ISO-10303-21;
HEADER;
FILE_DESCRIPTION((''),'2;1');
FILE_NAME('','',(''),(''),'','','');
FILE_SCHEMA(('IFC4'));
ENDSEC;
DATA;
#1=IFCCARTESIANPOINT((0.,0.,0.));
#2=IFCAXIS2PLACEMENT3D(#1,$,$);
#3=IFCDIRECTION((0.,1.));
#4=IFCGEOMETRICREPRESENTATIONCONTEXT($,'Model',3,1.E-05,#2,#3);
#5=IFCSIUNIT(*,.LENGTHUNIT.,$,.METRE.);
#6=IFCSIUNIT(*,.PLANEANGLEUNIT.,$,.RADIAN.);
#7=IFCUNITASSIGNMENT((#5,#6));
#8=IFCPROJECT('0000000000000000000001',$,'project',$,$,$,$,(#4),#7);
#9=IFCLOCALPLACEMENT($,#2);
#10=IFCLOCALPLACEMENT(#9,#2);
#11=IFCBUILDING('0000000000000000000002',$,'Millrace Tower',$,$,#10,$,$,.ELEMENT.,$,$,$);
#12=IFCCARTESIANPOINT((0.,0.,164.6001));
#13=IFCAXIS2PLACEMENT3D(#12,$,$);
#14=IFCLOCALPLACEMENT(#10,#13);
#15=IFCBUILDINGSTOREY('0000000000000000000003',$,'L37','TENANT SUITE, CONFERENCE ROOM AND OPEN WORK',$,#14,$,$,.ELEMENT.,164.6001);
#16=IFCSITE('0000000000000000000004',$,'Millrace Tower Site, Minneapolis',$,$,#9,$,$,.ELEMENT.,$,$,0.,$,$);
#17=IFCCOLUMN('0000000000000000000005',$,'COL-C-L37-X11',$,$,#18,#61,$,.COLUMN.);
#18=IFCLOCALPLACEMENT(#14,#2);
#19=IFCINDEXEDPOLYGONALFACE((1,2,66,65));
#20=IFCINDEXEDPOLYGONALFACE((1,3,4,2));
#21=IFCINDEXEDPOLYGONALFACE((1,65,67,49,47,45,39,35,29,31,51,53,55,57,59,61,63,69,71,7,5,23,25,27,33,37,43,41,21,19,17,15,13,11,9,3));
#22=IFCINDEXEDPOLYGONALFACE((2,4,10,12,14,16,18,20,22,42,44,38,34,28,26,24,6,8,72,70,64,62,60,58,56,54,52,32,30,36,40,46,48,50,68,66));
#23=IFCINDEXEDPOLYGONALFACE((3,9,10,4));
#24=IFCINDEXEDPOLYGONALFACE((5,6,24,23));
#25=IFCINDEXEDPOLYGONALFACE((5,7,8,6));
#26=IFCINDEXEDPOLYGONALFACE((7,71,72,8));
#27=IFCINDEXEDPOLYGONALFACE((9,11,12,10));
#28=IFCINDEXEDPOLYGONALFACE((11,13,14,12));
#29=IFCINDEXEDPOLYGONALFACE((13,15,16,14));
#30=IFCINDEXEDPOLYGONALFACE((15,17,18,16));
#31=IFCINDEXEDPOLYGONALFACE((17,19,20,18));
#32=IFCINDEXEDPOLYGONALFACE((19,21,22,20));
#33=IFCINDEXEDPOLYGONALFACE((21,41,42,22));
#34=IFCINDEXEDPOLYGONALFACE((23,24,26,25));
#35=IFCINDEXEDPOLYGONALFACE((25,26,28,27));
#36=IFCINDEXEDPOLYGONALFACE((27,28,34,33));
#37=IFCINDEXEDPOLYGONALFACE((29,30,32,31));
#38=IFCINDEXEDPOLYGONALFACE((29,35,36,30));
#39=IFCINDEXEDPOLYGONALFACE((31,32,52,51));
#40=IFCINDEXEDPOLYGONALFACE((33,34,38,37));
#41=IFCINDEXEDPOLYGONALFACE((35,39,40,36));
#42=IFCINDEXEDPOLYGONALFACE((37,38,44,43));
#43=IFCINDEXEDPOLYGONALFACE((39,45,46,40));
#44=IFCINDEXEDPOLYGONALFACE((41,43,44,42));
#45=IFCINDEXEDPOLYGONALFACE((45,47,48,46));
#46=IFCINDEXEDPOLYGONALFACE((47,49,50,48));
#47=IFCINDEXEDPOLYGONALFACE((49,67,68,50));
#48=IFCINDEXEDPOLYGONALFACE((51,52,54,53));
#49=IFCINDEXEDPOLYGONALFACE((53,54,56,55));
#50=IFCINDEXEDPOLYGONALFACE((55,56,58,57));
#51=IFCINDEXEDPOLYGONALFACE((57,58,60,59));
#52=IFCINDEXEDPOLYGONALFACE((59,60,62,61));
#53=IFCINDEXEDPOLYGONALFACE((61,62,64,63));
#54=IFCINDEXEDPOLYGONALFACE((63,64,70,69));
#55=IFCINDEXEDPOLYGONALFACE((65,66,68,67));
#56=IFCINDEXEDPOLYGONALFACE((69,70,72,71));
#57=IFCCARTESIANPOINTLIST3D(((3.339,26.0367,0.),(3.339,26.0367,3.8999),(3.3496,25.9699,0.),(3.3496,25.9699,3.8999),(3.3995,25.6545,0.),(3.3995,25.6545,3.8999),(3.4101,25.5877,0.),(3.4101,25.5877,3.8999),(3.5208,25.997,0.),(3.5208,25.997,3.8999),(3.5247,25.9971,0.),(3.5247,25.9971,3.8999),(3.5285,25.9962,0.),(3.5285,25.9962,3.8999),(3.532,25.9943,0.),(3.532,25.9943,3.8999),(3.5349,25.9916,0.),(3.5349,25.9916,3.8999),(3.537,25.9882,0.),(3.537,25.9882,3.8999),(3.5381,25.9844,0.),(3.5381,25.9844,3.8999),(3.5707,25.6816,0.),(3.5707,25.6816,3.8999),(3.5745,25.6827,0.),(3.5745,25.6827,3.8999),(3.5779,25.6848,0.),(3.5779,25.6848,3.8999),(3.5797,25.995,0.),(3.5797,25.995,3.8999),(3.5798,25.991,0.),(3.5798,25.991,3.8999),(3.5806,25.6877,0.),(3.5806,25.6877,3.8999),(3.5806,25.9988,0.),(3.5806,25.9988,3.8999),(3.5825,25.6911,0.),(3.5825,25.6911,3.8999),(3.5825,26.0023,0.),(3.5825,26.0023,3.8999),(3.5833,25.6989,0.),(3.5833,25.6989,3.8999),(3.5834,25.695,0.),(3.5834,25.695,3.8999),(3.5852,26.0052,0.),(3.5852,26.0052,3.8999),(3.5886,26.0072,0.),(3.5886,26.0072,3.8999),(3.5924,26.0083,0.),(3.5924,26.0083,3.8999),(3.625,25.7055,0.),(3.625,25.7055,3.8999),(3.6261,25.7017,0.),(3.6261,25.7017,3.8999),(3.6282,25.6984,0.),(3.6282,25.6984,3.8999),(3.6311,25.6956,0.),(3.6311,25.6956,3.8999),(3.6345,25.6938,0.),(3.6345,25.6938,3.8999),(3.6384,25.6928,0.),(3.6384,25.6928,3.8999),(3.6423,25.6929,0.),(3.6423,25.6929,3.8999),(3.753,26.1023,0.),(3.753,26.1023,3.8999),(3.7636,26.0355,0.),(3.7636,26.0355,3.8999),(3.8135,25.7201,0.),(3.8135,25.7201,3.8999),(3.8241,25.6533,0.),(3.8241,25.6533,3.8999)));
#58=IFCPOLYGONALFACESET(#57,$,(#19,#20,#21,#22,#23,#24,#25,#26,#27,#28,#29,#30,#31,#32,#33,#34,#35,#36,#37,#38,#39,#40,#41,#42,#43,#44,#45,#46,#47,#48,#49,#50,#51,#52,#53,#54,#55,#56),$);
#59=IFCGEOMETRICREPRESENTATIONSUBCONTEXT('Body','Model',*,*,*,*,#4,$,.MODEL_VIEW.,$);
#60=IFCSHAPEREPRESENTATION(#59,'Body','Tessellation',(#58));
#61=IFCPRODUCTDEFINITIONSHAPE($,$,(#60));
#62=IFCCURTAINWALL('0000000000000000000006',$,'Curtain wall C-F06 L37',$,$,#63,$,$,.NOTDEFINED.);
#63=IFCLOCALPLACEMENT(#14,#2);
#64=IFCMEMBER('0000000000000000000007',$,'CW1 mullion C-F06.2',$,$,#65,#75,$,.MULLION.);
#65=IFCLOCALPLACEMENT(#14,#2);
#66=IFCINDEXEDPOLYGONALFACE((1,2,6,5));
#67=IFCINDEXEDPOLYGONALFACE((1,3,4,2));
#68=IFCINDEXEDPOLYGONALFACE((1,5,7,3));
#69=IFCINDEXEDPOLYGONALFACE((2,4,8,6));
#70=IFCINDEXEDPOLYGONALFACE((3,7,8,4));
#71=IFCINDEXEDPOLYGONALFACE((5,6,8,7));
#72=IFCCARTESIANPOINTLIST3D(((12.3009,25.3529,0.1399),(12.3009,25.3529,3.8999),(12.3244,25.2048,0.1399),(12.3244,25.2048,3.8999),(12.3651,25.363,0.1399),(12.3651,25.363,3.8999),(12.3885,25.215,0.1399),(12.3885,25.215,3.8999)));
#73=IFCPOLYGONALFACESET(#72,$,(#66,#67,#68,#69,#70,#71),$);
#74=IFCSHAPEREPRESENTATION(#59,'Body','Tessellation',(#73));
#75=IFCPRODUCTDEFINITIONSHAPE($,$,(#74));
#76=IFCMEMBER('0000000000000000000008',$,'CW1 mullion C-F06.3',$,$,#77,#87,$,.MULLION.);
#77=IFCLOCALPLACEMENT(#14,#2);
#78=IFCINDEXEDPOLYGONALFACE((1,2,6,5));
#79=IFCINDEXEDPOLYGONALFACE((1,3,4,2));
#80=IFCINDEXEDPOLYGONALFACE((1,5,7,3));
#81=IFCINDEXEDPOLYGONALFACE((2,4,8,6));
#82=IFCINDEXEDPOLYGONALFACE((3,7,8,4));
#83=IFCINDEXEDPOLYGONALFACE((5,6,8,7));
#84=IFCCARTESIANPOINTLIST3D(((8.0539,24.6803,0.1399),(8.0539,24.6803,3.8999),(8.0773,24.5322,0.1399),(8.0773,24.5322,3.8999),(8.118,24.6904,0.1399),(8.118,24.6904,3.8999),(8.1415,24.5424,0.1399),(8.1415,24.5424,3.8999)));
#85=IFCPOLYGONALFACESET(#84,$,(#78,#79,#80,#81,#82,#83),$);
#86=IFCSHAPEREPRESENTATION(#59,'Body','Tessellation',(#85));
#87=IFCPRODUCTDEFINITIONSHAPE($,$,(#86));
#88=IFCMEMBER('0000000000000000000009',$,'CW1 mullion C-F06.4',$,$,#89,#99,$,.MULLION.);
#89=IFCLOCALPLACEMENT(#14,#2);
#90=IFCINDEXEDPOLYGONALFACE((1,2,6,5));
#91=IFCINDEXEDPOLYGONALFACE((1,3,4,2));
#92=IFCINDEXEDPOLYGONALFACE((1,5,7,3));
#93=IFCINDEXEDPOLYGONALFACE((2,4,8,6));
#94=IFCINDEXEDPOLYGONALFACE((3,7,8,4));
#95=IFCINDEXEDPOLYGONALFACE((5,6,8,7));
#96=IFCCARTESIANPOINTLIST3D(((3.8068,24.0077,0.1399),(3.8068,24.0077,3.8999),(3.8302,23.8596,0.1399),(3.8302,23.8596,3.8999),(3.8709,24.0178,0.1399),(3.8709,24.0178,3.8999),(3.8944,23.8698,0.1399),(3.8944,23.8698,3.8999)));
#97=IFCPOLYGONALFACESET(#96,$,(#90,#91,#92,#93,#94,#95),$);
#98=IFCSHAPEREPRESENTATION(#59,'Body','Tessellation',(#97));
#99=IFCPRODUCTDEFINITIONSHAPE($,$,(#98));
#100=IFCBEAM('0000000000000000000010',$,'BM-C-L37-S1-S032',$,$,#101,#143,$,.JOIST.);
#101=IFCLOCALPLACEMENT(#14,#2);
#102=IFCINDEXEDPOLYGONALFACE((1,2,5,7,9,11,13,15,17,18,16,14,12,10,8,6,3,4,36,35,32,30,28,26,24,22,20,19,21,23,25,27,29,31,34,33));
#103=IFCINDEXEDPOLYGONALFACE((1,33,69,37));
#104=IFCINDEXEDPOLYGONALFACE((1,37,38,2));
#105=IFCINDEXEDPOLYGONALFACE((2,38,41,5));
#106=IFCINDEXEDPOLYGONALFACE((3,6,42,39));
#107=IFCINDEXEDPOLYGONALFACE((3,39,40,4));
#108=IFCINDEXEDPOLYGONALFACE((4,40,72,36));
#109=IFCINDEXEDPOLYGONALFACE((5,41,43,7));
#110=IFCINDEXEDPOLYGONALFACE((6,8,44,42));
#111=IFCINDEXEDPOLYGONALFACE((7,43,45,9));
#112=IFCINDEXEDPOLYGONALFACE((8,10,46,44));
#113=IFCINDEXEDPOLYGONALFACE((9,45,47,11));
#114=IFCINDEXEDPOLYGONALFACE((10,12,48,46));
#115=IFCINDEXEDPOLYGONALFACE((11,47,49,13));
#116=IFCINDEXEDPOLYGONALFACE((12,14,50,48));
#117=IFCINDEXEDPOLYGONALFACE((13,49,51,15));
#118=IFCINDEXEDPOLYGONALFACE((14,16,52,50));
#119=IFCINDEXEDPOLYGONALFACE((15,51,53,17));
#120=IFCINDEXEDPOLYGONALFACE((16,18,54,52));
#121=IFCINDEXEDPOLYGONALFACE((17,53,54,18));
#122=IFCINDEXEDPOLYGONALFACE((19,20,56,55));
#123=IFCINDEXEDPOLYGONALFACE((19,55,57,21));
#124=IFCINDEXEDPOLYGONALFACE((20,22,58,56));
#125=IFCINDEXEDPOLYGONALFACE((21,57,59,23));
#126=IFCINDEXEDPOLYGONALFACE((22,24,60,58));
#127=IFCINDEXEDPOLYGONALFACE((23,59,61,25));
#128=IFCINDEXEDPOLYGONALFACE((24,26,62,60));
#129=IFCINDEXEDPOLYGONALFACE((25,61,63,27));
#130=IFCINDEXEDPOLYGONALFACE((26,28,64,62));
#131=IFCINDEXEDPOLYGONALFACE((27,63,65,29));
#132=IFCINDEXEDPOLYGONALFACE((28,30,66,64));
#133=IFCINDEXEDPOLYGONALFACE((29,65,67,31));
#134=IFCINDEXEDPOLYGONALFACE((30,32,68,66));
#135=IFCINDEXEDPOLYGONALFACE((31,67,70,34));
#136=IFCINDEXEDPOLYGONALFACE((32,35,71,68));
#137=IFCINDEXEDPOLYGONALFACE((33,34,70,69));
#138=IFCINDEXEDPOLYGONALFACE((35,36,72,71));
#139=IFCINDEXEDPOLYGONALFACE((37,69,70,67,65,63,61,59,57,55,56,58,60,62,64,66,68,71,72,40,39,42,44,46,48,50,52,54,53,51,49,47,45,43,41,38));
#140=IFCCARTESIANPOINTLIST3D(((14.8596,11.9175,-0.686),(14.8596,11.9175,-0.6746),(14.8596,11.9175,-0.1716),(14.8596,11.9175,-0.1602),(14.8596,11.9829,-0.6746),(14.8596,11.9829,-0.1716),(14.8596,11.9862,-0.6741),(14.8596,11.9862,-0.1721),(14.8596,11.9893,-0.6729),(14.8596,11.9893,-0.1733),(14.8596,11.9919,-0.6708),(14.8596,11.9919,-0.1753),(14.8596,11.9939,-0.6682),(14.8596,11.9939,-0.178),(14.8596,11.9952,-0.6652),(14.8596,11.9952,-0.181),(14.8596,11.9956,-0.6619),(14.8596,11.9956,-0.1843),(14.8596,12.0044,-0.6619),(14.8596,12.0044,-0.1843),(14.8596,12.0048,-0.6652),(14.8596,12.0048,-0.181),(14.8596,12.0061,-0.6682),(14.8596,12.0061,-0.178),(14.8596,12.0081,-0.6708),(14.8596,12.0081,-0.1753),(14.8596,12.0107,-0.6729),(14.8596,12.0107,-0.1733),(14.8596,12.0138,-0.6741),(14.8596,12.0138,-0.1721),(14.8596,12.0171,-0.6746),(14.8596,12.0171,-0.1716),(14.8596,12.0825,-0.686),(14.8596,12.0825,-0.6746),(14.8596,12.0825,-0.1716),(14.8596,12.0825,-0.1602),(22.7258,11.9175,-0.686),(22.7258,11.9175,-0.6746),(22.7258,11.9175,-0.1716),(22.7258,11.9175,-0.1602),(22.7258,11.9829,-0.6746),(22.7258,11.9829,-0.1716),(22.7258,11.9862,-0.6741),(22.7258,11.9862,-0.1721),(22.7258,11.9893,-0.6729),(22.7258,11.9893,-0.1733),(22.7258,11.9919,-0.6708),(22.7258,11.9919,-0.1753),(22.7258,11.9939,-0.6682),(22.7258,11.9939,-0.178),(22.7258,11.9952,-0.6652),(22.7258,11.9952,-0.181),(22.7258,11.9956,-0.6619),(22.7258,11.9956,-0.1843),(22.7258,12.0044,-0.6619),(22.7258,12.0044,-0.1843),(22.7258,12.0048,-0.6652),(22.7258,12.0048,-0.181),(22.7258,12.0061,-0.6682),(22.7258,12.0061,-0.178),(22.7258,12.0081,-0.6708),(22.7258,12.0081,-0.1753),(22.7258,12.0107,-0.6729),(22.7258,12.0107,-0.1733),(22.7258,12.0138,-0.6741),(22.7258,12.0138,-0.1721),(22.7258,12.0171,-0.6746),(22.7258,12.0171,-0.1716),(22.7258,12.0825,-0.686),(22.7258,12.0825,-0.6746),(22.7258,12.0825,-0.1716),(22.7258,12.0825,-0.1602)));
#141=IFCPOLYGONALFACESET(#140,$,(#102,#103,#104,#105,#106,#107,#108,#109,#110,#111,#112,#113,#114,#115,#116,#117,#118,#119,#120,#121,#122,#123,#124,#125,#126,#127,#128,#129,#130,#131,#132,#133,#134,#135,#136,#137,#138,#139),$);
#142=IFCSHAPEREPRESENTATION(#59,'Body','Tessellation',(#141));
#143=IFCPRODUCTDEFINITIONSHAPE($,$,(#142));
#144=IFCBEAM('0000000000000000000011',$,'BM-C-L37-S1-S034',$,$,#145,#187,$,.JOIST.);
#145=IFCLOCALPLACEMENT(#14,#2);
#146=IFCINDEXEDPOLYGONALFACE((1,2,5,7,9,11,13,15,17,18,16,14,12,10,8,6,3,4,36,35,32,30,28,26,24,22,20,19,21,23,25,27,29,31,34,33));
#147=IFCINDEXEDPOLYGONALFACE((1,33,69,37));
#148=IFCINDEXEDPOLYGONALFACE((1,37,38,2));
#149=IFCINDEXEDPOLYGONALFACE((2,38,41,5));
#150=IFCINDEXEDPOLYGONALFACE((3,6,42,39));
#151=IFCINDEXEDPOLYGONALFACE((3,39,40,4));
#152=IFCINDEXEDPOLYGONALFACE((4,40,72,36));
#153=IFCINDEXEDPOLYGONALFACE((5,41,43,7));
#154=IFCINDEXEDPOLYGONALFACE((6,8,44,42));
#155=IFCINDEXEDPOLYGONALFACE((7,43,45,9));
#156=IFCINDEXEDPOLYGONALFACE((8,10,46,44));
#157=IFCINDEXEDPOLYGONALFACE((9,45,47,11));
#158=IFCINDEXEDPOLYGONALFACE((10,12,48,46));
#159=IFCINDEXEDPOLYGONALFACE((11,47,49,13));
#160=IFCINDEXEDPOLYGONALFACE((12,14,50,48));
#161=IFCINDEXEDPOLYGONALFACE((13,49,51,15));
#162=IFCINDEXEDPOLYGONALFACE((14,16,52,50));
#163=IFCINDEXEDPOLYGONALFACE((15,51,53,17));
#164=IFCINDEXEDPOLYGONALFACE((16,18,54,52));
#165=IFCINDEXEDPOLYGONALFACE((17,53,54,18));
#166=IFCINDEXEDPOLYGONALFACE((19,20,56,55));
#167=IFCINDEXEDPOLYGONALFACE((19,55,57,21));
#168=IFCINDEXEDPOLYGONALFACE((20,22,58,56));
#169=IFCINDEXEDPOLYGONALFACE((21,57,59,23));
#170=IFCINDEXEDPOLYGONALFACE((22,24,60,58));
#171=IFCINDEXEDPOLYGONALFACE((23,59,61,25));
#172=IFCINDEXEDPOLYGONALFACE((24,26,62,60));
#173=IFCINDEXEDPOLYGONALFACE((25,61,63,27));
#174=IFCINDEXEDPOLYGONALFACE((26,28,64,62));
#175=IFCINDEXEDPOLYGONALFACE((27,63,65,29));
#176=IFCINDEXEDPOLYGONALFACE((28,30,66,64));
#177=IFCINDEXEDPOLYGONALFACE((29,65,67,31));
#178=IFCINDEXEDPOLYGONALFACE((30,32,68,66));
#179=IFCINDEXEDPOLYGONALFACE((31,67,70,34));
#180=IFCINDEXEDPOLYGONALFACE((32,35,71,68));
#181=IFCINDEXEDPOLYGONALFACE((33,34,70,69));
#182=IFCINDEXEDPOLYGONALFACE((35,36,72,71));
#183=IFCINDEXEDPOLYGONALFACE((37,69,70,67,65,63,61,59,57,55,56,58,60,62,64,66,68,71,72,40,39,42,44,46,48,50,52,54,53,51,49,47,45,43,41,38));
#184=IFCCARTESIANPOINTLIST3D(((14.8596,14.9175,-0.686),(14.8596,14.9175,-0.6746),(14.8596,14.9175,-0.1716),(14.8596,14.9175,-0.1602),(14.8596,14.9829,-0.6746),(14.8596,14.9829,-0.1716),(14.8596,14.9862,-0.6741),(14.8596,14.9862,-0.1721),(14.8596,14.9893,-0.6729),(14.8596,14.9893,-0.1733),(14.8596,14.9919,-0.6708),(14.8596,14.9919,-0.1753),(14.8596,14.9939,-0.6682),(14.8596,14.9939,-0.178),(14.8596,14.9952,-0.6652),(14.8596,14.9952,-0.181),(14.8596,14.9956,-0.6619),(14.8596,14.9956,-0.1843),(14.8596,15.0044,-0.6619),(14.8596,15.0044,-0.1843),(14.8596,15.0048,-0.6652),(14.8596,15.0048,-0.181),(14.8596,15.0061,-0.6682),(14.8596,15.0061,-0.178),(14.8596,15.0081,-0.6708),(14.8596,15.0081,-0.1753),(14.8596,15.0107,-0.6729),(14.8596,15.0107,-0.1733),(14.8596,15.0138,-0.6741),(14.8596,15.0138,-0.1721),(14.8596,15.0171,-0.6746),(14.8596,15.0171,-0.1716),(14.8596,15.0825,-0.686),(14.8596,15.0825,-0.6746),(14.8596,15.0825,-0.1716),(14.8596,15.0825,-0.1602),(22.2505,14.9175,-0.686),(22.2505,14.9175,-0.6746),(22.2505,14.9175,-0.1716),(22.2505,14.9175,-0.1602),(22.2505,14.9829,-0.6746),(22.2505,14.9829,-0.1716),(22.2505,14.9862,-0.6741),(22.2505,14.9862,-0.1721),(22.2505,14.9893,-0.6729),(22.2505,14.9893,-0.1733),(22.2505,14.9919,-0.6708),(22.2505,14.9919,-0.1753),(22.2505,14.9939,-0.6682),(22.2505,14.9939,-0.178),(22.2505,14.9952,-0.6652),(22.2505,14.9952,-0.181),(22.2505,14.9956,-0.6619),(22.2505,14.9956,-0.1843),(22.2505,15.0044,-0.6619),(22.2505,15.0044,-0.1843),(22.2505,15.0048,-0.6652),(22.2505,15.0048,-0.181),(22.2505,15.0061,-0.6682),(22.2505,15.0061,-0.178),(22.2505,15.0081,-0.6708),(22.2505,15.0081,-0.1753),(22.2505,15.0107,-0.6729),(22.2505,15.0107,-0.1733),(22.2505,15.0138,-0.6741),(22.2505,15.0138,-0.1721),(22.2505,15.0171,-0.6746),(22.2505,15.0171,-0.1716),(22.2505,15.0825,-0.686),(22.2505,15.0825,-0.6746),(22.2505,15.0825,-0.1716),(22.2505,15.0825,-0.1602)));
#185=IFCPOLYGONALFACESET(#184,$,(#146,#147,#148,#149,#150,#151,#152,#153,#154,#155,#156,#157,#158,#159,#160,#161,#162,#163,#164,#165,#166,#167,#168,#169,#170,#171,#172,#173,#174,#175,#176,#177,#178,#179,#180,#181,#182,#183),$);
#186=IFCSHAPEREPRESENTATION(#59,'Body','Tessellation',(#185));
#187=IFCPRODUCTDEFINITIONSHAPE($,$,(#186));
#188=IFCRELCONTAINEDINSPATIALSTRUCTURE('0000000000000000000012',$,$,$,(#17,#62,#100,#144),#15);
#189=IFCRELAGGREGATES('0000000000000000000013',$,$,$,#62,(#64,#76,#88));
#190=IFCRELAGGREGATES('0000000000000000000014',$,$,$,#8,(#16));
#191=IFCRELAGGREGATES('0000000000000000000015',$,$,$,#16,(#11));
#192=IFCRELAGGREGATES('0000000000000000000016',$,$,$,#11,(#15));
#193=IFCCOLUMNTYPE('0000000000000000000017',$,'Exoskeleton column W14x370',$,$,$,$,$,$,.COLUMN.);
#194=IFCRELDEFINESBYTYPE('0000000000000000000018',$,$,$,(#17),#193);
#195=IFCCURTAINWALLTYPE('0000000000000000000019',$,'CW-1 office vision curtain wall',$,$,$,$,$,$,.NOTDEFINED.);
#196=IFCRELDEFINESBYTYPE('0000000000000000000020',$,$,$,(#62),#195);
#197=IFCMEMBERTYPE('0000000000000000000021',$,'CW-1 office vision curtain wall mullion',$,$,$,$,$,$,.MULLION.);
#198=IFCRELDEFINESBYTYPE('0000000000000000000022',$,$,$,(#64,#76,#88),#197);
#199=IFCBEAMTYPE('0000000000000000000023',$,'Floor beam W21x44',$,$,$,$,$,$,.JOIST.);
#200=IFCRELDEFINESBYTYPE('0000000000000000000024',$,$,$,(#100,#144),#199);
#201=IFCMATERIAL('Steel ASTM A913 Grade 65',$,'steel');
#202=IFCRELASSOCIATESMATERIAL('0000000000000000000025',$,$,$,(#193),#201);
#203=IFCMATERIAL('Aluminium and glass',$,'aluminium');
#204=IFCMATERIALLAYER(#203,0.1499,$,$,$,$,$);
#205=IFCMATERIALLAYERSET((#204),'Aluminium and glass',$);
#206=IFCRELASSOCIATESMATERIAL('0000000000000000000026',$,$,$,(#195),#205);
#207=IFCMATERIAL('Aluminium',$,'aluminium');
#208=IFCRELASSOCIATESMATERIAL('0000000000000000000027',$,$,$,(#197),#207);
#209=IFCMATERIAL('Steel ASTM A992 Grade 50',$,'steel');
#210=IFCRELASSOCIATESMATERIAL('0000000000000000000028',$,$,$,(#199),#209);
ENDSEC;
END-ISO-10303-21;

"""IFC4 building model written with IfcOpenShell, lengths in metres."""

from ifc_helpers import new_model, si_unit, direction, frame, origin, origin_2d, place, context, subcontext, project, spatial, rectangle, i_section, extrude, material, layer, layer_set, material_profile, profile_set, type_object, element, aggregate, save


model = new_model("IFC4")

# Units and contexts
model_context = context("Model", 3, precision=1e-05, world=origin(), true_north=direction((0.0, 1.0)))
body_context = subcontext(model_context, "Body", "Model", "MODEL_VIEW")
ifc_project = project(units=[si_unit("LENGTHUNIT", "METRE"), si_unit("PLANEANGLEUNIT", "RADIAN")], contexts=[model_context])

# Site, building, storey
site_placement = place(None, origin())
site = spatial("IfcSite", under=ifc_project, at=site_placement, Name="Millrace Tower Site, Minneapolis", CompositionType="ELEMENT", RefElevation=0.0)
building_placement = place(site_placement, origin())
building = spatial("IfcBuilding", under=site, at=building_placement, Name="Millrace Tower", CompositionType="ELEMENT")
storey_placement = place(building_placement, frame((0.0, 0.0, 164.6001)))
storey = spatial("IfcBuildingStorey", under=building, at=storey_placement, Name="L37", Description="TENANT SUITE, CONFERENCE ROOM AND OPEN WORK", CompositionType="ELEMENT", Elevation=164.6001)

# Column
ifc_material_1 = material(Name="Steel ASTM A913 Grade 65", Category="steel")
ifc_material_profile_1 = material_profile(ifc_material_1, i_section(OverallWidth=0.4192, OverallDepth=0.4546, WebThickness=0.0422, FlangeThickness=0.0676, FilletRadius=0.0151, at=origin_2d()))
ifc_profile_set_1 = profile_set([ifc_material_profile_1], Name="Steel ASTM A913 Grade 65")
column_type = type_object("IfcColumnType", Name="Exoskeleton column W14x370", PredefinedType="COLUMN", material=ifc_profile_set_1)
column_placement = place(storey_placement, frame((3.5815, 25.845, 0.0), z_axis=(0.0, 0.0, 1.0), x_axis=(-0.987688, -0.156434, 0.0)))
element("IfcColumn", 1, at=column_placement, inside=storey, type_object=column_type, Name="COL-C-L37-X11", PredefinedType="COLUMN", context=body_context, shape_type="SweptSolid", body=[
    extrude(i_section(OverallWidth=0.4192, OverallDepth=0.4546, WebThickness=0.0422, FlangeThickness=0.0676, FilletRadius=0.0151, at=origin_2d()), origin(), (0.0, 0.0, 1.0), 3.8999),
])

# Curtain wall, members
ifc_material_2 = material(Name="Aluminium and glass", Category="aluminium")
ifc_layer_1 = layer(ifc_material_2, 0.1499)
ifc_layer_set_1 = layer_set([ifc_layer_1], Name="Aluminium and glass")
curtain_wall_type = type_object("IfcCurtainWallType", Name="CW-1 office vision curtain wall", PredefinedType="NOTDEFINED", material=ifc_layer_set_1)
curtain_wall_placement = place(storey_placement, origin())
curtain_wall = element("IfcCurtainWall", 2, at=curtain_wall_placement, inside=storey, type_object=curtain_wall_type, Name="Curtain wall C-F06 L37", PredefinedType="NOTDEFINED")
ifc_material_3 = material(Name="Aluminium", Category="aluminium")
ifc_material_profile_2 = material_profile(ifc_material_3, rectangle(XDim=0.0649, YDim=0.1499, at=origin_2d()))
ifc_profile_set_2 = profile_set([ifc_material_profile_2], Name="Aluminium")
member_type = type_object("IfcMemberType", Name="CW-1 office vision curtain wall mullion", PredefinedType="MULLION", material=ifc_profile_set_2)
member_1_placement = place(storey_placement, frame((12.3447, 25.2839, 0.1399), z_axis=(0.0, 0.0, 1.0), x_axis=(-0.987688, -0.156434, 0.0)))
member_1 = element("IfcMember", 3, at=member_1_placement, type_object=member_type, Name="CW1 mullion C-F06.2", PredefinedType="MULLION", context=body_context, shape_type="SweptSolid", body=[
    extrude(rectangle(XDim=0.0649, YDim=0.1499, at=origin_2d()), origin(), (0.0, 0.0, 1.0), 3.76),
])
member_2_placement = place(storey_placement, frame((8.0977, 24.6113, 0.1399), z_axis=(0.0, 0.0, 1.0), x_axis=(-0.987688, -0.156434, 0.0)))
member_2 = element("IfcMember", 4, at=member_2_placement, type_object=member_type, Name="CW1 mullion C-F06.3", PredefinedType="MULLION", context=body_context, shape_type="SweptSolid", body=[
    extrude(rectangle(XDim=0.0649, YDim=0.1499, at=origin_2d()), origin(), (0.0, 0.0, 1.0), 3.76),
])
member_3_placement = place(storey_placement, frame((3.8506, 23.9387, 0.1399), z_axis=(0.0, 0.0, 1.0), x_axis=(-0.987688, -0.156434, 0.0)))
member_3 = element("IfcMember", 5, at=member_3_placement, type_object=member_type, Name="CW1 mullion C-F06.4", PredefinedType="MULLION", context=body_context, shape_type="SweptSolid", body=[
    extrude(rectangle(XDim=0.0649, YDim=0.1499, at=origin_2d()), origin(), (0.0, 0.0, 1.0), 3.76),
])
aggregate(curtain_wall, [member_1, member_2, member_3])

# Beams
ifc_material_4 = material(Name="Steel ASTM A992 Grade 50", Category="steel")
ifc_material_profile_3 = material_profile(ifc_material_4, i_section(OverallWidth=0.165, OverallDepth=0.5259, WebThickness=0.0088, FlangeThickness=0.0115, FilletRadius=0.0127, at=origin_2d()))
ifc_profile_set_3 = profile_set([ifc_material_profile_3], Name="Steel ASTM A992 Grade 50")
beam_type_1 = type_object("IfcBeamType", Name="Floor beam W21x44", PredefinedType="JOIST", material=ifc_profile_set_3)
beam_1_placement = place(storey_placement, frame((14.8596, 12.0, -0.4231), z_axis=(1.0, 0.0, 0.0), x_axis=(0.0, 1.0, 0.0)))
element("IfcBeam", 6, at=beam_1_placement, inside=storey, type_object=beam_type_1, Name="BM-C-L37-S1-S032", PredefinedType="JOIST", context=body_context, shape_type="SweptSolid", body=[
    extrude(i_section(OverallWidth=0.165, OverallDepth=0.5259, WebThickness=0.0088, FlangeThickness=0.0115, FilletRadius=0.0127, at=origin_2d()), origin(), (0.0, 0.0, 1.0), 7.8662),
])
beam_2_placement = place(storey_placement, frame((14.8596, 15.0, -0.4231), z_axis=(1.0, 0.0, 0.0), x_axis=(0.0, 1.0, 0.0)))
element("IfcBeam", 7, at=beam_2_placement, inside=storey, type_object=beam_type_1, Name="BM-C-L37-S1-S034", PredefinedType="JOIST", context=body_context, shape_type="SweptSolid", body=[
    extrude(i_section(OverallWidth=0.165, OverallDepth=0.5259, WebThickness=0.0088, FlangeThickness=0.0115, FilletRadius=0.0127, at=origin_2d()), origin(), (0.0, 0.0, 1.0), 7.3909),
])

save(model, "model.ifc")
